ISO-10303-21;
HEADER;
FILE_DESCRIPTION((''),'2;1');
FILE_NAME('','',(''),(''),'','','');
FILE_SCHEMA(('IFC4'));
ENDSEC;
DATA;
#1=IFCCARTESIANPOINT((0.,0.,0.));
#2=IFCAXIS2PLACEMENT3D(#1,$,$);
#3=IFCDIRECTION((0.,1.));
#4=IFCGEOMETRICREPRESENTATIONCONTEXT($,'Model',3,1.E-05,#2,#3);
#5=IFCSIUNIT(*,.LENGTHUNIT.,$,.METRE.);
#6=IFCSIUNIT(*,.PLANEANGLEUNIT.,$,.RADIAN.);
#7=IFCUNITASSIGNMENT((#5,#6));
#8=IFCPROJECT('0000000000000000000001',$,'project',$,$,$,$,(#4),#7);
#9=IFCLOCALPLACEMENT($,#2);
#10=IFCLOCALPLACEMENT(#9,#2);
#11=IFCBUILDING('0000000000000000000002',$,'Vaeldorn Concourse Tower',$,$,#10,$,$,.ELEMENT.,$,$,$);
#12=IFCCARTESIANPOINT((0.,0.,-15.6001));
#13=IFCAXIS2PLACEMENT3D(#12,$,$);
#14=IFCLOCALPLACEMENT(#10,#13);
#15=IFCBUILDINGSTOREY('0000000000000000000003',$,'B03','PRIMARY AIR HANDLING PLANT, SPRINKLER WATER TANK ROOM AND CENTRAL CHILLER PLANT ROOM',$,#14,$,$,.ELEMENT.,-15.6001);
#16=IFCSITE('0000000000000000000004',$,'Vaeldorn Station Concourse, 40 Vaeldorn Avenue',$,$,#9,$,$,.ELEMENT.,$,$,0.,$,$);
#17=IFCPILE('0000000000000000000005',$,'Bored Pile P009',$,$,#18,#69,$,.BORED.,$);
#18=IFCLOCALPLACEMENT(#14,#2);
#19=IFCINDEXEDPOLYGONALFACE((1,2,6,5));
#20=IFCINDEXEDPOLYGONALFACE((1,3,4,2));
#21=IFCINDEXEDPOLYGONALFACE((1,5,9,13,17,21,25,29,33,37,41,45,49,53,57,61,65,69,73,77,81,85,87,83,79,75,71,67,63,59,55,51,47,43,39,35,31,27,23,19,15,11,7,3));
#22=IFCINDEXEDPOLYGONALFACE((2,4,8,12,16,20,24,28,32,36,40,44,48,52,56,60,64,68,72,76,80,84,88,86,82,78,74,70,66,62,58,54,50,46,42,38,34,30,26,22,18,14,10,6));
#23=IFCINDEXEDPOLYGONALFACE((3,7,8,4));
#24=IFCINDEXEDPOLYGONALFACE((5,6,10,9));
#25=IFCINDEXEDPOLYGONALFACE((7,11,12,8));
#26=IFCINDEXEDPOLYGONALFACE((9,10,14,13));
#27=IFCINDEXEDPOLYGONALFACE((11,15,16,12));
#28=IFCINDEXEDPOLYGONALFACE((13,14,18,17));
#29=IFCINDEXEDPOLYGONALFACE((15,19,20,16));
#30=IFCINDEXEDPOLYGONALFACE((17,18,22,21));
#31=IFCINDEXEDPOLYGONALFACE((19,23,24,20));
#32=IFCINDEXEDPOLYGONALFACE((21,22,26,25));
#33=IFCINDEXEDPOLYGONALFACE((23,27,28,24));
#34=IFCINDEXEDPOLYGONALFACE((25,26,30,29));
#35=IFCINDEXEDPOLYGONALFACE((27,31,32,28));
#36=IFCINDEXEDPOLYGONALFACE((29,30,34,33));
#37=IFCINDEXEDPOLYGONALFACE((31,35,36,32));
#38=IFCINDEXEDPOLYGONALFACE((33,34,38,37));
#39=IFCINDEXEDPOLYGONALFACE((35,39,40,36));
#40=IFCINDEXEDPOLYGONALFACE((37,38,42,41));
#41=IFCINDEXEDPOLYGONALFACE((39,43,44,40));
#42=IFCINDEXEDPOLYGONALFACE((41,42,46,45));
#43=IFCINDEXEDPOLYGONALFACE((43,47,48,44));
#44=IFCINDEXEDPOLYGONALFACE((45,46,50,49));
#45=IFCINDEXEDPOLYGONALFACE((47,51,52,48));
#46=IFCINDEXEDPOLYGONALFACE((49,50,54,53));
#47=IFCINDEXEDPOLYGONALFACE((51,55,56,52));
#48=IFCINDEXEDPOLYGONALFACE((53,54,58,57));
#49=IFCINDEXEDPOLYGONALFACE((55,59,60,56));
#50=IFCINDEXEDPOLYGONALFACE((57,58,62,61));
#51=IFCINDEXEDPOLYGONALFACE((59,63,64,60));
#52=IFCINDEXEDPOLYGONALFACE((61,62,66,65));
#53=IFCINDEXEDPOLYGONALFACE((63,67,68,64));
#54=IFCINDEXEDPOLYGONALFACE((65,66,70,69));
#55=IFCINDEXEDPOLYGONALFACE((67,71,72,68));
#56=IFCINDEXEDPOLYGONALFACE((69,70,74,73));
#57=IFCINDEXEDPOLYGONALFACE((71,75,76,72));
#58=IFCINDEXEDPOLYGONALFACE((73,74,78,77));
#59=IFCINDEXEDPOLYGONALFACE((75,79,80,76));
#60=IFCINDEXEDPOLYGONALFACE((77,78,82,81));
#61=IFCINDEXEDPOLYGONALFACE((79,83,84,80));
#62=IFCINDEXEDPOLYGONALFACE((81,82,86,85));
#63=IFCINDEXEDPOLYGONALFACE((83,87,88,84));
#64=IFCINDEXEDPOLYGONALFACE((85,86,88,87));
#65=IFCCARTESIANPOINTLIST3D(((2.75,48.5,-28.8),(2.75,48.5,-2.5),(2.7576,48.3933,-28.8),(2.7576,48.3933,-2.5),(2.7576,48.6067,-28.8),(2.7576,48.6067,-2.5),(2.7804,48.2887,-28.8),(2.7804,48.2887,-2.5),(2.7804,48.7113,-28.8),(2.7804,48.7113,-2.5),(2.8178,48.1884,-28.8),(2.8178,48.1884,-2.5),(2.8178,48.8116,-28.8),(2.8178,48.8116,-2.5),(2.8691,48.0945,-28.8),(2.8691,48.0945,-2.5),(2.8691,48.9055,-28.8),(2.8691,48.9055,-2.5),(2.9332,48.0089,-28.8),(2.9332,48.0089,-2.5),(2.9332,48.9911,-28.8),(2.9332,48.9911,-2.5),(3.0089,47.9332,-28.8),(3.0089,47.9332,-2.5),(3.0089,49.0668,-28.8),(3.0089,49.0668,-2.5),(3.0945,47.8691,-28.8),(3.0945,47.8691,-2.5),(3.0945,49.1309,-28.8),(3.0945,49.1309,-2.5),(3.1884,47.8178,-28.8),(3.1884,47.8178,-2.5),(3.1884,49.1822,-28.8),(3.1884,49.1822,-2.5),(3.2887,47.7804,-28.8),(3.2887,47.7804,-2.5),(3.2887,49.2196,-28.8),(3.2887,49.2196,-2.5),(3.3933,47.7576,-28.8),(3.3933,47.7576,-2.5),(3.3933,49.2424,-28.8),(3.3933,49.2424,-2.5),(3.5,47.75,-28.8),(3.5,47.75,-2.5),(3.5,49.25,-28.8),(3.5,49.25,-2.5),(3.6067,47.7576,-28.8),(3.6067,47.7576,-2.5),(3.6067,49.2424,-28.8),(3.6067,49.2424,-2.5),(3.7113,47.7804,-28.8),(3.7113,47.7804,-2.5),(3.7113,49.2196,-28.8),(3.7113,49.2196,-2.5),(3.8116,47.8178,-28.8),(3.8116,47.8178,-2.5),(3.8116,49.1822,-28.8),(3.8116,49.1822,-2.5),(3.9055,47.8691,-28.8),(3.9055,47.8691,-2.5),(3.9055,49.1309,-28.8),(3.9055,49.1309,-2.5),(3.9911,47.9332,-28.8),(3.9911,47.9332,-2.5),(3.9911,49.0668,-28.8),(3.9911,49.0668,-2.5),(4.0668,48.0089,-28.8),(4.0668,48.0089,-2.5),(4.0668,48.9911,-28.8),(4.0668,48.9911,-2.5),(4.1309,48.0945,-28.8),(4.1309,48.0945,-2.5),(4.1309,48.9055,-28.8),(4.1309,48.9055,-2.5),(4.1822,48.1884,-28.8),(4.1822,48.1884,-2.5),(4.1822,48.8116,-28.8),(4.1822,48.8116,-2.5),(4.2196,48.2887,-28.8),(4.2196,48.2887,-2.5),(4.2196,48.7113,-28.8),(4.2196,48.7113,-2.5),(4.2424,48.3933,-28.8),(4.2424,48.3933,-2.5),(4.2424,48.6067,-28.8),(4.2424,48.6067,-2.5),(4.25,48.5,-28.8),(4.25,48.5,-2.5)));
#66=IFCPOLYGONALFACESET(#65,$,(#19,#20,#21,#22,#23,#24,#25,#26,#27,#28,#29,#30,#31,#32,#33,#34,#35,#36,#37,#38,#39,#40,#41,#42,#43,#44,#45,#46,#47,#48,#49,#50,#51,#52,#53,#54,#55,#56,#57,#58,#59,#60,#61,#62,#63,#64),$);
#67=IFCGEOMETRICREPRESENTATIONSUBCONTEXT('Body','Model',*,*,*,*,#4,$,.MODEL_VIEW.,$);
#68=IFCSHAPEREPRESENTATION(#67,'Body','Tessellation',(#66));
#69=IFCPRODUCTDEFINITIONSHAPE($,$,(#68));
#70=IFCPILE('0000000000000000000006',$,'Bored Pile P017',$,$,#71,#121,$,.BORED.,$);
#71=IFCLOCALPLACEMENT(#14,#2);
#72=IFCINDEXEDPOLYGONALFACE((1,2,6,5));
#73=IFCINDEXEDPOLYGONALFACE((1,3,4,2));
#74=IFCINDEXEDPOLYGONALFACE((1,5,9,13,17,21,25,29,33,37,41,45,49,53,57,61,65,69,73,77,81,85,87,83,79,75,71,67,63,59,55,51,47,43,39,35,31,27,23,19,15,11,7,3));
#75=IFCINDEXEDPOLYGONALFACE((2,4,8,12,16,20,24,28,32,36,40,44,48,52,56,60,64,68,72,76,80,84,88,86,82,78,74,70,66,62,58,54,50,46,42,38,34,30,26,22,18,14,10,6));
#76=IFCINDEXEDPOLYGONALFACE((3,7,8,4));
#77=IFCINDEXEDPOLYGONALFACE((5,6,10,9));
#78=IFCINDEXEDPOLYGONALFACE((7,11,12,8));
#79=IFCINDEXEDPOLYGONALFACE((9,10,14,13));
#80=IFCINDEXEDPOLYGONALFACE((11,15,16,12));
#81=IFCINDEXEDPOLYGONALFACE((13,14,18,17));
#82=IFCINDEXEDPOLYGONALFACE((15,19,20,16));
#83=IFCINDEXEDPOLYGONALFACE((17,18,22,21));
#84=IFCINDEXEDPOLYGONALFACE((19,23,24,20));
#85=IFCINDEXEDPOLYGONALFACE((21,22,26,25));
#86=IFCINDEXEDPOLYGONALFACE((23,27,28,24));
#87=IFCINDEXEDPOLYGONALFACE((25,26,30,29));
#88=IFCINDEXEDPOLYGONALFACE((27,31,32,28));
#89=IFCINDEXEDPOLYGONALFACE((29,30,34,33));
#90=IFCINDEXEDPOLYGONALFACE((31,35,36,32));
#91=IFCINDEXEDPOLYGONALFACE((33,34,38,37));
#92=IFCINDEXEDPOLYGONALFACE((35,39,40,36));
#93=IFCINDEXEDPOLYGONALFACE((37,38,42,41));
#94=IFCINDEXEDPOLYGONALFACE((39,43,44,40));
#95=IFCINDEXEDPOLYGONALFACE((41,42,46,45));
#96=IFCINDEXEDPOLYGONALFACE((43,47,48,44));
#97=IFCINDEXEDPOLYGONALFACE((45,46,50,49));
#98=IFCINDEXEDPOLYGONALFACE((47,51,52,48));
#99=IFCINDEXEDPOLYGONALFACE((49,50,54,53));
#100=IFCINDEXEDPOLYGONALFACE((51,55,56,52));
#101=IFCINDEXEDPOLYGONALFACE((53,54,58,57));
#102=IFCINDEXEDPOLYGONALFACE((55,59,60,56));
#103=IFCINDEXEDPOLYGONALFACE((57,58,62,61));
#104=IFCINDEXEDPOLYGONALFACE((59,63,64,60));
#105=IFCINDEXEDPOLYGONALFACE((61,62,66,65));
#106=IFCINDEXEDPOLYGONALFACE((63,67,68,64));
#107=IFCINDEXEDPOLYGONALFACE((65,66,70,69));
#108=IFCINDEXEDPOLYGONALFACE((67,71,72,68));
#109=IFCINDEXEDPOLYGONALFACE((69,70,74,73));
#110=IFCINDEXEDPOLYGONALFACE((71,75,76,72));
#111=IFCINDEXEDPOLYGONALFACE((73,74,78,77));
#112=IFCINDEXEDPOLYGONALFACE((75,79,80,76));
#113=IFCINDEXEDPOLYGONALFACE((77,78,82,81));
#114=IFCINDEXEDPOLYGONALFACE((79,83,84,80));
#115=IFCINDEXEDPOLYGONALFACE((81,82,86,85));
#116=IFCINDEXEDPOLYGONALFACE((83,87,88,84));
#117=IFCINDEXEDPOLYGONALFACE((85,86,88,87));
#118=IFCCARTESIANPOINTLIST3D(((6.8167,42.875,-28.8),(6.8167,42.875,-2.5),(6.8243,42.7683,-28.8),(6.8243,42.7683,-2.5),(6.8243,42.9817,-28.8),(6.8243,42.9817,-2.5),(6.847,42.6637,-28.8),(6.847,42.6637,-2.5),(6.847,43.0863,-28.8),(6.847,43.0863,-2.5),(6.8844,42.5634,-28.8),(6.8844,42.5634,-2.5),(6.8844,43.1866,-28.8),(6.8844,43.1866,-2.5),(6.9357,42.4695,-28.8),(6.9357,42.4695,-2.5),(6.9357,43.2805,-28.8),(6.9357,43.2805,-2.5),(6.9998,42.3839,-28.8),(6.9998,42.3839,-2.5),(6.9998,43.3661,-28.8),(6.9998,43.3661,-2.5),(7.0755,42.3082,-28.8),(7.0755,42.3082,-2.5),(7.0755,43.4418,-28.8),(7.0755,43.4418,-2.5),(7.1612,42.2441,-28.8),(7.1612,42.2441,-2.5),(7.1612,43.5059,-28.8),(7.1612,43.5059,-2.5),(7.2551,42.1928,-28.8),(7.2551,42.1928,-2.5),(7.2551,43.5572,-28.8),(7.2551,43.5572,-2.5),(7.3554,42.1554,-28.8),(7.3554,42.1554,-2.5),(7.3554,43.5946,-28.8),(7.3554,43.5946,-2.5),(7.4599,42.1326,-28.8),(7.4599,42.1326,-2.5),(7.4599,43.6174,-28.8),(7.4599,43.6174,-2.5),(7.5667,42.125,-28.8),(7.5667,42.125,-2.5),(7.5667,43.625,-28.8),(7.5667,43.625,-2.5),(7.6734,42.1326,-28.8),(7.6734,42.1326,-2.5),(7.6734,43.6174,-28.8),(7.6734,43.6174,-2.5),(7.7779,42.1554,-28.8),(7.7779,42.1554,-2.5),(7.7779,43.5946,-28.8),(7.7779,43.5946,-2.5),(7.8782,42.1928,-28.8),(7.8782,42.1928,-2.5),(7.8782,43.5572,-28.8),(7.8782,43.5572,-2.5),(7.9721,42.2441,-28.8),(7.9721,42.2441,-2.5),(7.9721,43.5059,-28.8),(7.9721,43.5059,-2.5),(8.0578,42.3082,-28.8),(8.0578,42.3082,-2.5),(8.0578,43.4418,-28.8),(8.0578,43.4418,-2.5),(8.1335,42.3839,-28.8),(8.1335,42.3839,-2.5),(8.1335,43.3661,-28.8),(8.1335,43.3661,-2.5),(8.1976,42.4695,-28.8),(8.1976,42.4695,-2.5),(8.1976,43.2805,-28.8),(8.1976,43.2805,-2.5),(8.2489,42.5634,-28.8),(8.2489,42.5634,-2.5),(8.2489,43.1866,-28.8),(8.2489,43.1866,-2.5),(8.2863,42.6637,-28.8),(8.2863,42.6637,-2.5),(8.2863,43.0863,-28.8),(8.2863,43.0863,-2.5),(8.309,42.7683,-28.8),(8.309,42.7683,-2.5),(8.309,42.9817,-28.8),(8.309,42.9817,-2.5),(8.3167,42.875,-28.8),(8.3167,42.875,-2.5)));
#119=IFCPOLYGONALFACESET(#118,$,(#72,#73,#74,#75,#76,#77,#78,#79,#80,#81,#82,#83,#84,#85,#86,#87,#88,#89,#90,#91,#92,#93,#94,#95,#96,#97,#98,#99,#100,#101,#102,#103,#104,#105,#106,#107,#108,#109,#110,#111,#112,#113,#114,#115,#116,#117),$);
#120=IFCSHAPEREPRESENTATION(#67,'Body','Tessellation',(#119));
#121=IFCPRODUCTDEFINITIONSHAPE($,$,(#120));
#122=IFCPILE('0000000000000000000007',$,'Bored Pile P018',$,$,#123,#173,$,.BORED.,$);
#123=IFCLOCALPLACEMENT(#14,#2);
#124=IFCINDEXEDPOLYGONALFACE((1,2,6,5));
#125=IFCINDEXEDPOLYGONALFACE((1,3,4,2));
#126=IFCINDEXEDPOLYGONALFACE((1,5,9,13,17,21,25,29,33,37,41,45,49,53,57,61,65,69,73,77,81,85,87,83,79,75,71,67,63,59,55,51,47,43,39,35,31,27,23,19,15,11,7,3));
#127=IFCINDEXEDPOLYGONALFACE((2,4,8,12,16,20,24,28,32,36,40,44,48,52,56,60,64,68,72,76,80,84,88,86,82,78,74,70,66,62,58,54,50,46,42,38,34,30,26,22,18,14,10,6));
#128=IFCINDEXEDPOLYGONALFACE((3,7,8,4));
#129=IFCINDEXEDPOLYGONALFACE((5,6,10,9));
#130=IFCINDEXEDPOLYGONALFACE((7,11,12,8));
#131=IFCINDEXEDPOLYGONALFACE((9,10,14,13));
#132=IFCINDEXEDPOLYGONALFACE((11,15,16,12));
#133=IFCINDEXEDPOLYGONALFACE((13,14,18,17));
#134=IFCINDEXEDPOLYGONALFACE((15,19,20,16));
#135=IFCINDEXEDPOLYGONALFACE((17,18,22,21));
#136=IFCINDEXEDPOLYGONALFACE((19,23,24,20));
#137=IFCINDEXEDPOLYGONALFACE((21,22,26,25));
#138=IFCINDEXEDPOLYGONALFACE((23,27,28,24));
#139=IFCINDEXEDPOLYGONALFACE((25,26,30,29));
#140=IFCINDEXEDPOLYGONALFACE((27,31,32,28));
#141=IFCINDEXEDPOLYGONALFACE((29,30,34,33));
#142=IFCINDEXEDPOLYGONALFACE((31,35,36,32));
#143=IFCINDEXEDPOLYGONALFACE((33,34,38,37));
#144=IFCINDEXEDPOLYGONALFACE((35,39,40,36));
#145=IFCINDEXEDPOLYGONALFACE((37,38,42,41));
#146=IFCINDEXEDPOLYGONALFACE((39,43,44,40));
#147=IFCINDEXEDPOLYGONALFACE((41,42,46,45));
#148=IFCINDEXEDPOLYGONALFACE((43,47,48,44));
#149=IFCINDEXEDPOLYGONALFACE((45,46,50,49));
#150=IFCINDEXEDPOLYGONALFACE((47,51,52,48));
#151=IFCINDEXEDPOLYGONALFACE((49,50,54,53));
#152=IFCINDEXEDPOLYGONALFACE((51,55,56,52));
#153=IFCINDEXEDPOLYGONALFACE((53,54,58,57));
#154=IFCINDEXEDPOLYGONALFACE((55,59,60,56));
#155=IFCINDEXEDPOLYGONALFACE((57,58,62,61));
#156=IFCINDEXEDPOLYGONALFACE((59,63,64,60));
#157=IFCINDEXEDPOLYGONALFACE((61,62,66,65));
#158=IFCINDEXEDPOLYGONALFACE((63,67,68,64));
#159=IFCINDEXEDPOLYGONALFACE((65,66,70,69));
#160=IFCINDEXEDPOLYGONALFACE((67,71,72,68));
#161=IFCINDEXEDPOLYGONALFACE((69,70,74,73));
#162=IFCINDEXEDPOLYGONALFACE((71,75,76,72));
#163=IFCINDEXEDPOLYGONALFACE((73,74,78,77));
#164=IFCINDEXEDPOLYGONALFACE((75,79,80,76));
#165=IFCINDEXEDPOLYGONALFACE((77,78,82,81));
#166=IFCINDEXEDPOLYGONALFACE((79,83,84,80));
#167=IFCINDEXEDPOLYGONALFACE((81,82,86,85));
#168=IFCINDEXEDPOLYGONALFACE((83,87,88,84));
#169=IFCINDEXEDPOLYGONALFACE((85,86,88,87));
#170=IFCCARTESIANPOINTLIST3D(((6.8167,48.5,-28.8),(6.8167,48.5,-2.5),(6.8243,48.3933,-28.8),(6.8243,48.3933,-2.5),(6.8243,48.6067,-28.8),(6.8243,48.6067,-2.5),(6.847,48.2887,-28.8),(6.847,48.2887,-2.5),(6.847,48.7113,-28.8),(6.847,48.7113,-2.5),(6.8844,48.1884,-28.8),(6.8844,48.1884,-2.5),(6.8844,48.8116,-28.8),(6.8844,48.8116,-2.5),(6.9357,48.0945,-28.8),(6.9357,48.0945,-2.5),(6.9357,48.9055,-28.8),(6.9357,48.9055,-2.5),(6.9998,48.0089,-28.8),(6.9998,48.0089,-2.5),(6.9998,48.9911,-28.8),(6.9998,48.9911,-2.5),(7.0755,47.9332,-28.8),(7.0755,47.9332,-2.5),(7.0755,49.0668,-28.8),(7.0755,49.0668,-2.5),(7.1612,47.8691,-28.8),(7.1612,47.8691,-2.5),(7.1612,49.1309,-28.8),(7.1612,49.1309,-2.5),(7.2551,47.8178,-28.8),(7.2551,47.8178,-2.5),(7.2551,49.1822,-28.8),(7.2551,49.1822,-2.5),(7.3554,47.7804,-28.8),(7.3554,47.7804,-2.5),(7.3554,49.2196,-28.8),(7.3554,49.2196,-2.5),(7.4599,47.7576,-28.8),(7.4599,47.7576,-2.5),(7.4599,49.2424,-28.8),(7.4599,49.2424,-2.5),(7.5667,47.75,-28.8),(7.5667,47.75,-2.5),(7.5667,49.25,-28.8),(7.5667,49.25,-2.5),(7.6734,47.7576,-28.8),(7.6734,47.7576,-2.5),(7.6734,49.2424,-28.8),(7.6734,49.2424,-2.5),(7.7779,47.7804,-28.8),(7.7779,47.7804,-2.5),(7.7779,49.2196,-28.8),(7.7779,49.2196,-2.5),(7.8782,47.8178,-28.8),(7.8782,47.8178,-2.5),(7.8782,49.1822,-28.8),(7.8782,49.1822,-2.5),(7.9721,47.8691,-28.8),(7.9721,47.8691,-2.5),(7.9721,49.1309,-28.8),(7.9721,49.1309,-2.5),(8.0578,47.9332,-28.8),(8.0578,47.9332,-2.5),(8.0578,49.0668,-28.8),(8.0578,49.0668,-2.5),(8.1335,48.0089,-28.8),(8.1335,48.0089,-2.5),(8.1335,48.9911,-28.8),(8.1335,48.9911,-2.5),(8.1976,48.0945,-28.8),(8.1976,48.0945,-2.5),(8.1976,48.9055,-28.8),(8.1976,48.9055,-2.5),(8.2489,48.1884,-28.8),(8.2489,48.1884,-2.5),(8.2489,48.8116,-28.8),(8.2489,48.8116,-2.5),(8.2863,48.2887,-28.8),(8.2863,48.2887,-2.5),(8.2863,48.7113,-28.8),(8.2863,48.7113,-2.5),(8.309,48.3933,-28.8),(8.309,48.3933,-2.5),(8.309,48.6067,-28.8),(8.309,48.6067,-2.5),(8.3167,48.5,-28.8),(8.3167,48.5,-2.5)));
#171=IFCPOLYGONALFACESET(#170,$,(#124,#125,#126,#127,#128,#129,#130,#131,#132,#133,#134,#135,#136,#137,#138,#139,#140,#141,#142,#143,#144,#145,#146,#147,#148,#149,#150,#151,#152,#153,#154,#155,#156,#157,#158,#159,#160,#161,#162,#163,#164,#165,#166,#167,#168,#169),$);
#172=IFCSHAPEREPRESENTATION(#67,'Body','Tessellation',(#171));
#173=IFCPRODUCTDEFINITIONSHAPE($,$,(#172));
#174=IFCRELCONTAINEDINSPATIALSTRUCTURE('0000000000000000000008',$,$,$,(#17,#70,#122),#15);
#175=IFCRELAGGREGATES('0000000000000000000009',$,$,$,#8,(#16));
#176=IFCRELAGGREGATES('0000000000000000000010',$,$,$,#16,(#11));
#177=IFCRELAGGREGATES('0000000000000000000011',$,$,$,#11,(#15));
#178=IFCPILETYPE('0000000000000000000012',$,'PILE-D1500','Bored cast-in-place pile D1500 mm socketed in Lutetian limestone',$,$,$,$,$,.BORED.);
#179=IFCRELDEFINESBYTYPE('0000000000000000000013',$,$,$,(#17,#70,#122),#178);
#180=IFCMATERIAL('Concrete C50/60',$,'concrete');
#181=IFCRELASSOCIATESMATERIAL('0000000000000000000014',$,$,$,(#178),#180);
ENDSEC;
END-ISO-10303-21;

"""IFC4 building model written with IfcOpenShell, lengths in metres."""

from ifc_helpers import new_model, si_unit, direction, frame, origin, origin_2d, place, context, subcontext, project, spatial, circle, extrude, material, material_profile, profile_set, type_object, element, save


model = new_model("IFC4")

# Units and contexts
model_context = context("Model", 3, precision=1e-05, world=origin(), true_north=direction((0.0, 1.0)))
body_context = subcontext(model_context, "Body", "Model", "MODEL_VIEW")
ifc_project = project(units=[si_unit("LENGTHUNIT", "METRE"), si_unit("PLANEANGLEUNIT", "RADIAN")], contexts=[model_context])

# Site, building, storey
site_placement = place(None, origin())
site = spatial("IfcSite", under=ifc_project, at=site_placement, Name="Vaeldorn Station Concourse, 40 Vaeldorn Avenue", CompositionType="ELEMENT", RefElevation=0.0)
building_placement = place(site_placement, origin())
building = spatial("IfcBuilding", under=site, at=building_placement, Name="Vaeldorn Concourse Tower", CompositionType="ELEMENT")
storey_placement = place(building_placement, frame((0.0, 0.0, -15.6001)))
storey = spatial("IfcBuildingStorey", under=building, at=storey_placement, Name="B03", Description="PRIMARY AIR HANDLING PLANT, SPRINKLER WATER TANK ROOM AND CENTRAL CHILLER PLANT ROOM", CompositionType="ELEMENT", Elevation=-15.6001)

# Piles
ifc_material_1 = material(Name="Concrete C50/60", Category="concrete")
ifc_material_profile_1 = material_profile(ifc_material_1, circle(Radius=0.75, at=origin_2d()), Name="BORED PILE D1500")
ifc_profile_set_1 = profile_set([ifc_material_profile_1], Name="Concrete C50/60")
pile_type = type_object("IfcPileType", Name="PILE-D1500", Description="Bored cast-in-place pile D1500 mm socketed in Lutetian limestone", PredefinedType="BORED", material=ifc_profile_set_1)
for number, where, z_axis, x_axis, name in (
    (1, (3.5, 48.5, -2.5), (0.0, 0.0, -1.0), (1.0, 0.0, 0.0), "Bored Pile P009"),
    (2, (7.5667, 42.875, -2.5), (0.0, 0.0, -1.0), (1.0, 0.0, 0.0), "Bored Pile P017"),
    (3, (7.5667, 48.5, -2.5), (0.0, 0.0, -1.0), (1.0, 0.0, 0.0), "Bored Pile P018"),
):
    element("IfcPile", number, at=place(storey_placement, frame(where, z_axis=z_axis, x_axis=x_axis)), inside=storey, type_object=pile_type, Name=name, PredefinedType="BORED", context=body_context, shape_type="SweptSolid", body=[
        extrude(circle(Radius=0.75, at=origin_2d()), origin(), (0.0, 0.0, 1.0), 26.3),
    ])

save(model, "model.ifc")
